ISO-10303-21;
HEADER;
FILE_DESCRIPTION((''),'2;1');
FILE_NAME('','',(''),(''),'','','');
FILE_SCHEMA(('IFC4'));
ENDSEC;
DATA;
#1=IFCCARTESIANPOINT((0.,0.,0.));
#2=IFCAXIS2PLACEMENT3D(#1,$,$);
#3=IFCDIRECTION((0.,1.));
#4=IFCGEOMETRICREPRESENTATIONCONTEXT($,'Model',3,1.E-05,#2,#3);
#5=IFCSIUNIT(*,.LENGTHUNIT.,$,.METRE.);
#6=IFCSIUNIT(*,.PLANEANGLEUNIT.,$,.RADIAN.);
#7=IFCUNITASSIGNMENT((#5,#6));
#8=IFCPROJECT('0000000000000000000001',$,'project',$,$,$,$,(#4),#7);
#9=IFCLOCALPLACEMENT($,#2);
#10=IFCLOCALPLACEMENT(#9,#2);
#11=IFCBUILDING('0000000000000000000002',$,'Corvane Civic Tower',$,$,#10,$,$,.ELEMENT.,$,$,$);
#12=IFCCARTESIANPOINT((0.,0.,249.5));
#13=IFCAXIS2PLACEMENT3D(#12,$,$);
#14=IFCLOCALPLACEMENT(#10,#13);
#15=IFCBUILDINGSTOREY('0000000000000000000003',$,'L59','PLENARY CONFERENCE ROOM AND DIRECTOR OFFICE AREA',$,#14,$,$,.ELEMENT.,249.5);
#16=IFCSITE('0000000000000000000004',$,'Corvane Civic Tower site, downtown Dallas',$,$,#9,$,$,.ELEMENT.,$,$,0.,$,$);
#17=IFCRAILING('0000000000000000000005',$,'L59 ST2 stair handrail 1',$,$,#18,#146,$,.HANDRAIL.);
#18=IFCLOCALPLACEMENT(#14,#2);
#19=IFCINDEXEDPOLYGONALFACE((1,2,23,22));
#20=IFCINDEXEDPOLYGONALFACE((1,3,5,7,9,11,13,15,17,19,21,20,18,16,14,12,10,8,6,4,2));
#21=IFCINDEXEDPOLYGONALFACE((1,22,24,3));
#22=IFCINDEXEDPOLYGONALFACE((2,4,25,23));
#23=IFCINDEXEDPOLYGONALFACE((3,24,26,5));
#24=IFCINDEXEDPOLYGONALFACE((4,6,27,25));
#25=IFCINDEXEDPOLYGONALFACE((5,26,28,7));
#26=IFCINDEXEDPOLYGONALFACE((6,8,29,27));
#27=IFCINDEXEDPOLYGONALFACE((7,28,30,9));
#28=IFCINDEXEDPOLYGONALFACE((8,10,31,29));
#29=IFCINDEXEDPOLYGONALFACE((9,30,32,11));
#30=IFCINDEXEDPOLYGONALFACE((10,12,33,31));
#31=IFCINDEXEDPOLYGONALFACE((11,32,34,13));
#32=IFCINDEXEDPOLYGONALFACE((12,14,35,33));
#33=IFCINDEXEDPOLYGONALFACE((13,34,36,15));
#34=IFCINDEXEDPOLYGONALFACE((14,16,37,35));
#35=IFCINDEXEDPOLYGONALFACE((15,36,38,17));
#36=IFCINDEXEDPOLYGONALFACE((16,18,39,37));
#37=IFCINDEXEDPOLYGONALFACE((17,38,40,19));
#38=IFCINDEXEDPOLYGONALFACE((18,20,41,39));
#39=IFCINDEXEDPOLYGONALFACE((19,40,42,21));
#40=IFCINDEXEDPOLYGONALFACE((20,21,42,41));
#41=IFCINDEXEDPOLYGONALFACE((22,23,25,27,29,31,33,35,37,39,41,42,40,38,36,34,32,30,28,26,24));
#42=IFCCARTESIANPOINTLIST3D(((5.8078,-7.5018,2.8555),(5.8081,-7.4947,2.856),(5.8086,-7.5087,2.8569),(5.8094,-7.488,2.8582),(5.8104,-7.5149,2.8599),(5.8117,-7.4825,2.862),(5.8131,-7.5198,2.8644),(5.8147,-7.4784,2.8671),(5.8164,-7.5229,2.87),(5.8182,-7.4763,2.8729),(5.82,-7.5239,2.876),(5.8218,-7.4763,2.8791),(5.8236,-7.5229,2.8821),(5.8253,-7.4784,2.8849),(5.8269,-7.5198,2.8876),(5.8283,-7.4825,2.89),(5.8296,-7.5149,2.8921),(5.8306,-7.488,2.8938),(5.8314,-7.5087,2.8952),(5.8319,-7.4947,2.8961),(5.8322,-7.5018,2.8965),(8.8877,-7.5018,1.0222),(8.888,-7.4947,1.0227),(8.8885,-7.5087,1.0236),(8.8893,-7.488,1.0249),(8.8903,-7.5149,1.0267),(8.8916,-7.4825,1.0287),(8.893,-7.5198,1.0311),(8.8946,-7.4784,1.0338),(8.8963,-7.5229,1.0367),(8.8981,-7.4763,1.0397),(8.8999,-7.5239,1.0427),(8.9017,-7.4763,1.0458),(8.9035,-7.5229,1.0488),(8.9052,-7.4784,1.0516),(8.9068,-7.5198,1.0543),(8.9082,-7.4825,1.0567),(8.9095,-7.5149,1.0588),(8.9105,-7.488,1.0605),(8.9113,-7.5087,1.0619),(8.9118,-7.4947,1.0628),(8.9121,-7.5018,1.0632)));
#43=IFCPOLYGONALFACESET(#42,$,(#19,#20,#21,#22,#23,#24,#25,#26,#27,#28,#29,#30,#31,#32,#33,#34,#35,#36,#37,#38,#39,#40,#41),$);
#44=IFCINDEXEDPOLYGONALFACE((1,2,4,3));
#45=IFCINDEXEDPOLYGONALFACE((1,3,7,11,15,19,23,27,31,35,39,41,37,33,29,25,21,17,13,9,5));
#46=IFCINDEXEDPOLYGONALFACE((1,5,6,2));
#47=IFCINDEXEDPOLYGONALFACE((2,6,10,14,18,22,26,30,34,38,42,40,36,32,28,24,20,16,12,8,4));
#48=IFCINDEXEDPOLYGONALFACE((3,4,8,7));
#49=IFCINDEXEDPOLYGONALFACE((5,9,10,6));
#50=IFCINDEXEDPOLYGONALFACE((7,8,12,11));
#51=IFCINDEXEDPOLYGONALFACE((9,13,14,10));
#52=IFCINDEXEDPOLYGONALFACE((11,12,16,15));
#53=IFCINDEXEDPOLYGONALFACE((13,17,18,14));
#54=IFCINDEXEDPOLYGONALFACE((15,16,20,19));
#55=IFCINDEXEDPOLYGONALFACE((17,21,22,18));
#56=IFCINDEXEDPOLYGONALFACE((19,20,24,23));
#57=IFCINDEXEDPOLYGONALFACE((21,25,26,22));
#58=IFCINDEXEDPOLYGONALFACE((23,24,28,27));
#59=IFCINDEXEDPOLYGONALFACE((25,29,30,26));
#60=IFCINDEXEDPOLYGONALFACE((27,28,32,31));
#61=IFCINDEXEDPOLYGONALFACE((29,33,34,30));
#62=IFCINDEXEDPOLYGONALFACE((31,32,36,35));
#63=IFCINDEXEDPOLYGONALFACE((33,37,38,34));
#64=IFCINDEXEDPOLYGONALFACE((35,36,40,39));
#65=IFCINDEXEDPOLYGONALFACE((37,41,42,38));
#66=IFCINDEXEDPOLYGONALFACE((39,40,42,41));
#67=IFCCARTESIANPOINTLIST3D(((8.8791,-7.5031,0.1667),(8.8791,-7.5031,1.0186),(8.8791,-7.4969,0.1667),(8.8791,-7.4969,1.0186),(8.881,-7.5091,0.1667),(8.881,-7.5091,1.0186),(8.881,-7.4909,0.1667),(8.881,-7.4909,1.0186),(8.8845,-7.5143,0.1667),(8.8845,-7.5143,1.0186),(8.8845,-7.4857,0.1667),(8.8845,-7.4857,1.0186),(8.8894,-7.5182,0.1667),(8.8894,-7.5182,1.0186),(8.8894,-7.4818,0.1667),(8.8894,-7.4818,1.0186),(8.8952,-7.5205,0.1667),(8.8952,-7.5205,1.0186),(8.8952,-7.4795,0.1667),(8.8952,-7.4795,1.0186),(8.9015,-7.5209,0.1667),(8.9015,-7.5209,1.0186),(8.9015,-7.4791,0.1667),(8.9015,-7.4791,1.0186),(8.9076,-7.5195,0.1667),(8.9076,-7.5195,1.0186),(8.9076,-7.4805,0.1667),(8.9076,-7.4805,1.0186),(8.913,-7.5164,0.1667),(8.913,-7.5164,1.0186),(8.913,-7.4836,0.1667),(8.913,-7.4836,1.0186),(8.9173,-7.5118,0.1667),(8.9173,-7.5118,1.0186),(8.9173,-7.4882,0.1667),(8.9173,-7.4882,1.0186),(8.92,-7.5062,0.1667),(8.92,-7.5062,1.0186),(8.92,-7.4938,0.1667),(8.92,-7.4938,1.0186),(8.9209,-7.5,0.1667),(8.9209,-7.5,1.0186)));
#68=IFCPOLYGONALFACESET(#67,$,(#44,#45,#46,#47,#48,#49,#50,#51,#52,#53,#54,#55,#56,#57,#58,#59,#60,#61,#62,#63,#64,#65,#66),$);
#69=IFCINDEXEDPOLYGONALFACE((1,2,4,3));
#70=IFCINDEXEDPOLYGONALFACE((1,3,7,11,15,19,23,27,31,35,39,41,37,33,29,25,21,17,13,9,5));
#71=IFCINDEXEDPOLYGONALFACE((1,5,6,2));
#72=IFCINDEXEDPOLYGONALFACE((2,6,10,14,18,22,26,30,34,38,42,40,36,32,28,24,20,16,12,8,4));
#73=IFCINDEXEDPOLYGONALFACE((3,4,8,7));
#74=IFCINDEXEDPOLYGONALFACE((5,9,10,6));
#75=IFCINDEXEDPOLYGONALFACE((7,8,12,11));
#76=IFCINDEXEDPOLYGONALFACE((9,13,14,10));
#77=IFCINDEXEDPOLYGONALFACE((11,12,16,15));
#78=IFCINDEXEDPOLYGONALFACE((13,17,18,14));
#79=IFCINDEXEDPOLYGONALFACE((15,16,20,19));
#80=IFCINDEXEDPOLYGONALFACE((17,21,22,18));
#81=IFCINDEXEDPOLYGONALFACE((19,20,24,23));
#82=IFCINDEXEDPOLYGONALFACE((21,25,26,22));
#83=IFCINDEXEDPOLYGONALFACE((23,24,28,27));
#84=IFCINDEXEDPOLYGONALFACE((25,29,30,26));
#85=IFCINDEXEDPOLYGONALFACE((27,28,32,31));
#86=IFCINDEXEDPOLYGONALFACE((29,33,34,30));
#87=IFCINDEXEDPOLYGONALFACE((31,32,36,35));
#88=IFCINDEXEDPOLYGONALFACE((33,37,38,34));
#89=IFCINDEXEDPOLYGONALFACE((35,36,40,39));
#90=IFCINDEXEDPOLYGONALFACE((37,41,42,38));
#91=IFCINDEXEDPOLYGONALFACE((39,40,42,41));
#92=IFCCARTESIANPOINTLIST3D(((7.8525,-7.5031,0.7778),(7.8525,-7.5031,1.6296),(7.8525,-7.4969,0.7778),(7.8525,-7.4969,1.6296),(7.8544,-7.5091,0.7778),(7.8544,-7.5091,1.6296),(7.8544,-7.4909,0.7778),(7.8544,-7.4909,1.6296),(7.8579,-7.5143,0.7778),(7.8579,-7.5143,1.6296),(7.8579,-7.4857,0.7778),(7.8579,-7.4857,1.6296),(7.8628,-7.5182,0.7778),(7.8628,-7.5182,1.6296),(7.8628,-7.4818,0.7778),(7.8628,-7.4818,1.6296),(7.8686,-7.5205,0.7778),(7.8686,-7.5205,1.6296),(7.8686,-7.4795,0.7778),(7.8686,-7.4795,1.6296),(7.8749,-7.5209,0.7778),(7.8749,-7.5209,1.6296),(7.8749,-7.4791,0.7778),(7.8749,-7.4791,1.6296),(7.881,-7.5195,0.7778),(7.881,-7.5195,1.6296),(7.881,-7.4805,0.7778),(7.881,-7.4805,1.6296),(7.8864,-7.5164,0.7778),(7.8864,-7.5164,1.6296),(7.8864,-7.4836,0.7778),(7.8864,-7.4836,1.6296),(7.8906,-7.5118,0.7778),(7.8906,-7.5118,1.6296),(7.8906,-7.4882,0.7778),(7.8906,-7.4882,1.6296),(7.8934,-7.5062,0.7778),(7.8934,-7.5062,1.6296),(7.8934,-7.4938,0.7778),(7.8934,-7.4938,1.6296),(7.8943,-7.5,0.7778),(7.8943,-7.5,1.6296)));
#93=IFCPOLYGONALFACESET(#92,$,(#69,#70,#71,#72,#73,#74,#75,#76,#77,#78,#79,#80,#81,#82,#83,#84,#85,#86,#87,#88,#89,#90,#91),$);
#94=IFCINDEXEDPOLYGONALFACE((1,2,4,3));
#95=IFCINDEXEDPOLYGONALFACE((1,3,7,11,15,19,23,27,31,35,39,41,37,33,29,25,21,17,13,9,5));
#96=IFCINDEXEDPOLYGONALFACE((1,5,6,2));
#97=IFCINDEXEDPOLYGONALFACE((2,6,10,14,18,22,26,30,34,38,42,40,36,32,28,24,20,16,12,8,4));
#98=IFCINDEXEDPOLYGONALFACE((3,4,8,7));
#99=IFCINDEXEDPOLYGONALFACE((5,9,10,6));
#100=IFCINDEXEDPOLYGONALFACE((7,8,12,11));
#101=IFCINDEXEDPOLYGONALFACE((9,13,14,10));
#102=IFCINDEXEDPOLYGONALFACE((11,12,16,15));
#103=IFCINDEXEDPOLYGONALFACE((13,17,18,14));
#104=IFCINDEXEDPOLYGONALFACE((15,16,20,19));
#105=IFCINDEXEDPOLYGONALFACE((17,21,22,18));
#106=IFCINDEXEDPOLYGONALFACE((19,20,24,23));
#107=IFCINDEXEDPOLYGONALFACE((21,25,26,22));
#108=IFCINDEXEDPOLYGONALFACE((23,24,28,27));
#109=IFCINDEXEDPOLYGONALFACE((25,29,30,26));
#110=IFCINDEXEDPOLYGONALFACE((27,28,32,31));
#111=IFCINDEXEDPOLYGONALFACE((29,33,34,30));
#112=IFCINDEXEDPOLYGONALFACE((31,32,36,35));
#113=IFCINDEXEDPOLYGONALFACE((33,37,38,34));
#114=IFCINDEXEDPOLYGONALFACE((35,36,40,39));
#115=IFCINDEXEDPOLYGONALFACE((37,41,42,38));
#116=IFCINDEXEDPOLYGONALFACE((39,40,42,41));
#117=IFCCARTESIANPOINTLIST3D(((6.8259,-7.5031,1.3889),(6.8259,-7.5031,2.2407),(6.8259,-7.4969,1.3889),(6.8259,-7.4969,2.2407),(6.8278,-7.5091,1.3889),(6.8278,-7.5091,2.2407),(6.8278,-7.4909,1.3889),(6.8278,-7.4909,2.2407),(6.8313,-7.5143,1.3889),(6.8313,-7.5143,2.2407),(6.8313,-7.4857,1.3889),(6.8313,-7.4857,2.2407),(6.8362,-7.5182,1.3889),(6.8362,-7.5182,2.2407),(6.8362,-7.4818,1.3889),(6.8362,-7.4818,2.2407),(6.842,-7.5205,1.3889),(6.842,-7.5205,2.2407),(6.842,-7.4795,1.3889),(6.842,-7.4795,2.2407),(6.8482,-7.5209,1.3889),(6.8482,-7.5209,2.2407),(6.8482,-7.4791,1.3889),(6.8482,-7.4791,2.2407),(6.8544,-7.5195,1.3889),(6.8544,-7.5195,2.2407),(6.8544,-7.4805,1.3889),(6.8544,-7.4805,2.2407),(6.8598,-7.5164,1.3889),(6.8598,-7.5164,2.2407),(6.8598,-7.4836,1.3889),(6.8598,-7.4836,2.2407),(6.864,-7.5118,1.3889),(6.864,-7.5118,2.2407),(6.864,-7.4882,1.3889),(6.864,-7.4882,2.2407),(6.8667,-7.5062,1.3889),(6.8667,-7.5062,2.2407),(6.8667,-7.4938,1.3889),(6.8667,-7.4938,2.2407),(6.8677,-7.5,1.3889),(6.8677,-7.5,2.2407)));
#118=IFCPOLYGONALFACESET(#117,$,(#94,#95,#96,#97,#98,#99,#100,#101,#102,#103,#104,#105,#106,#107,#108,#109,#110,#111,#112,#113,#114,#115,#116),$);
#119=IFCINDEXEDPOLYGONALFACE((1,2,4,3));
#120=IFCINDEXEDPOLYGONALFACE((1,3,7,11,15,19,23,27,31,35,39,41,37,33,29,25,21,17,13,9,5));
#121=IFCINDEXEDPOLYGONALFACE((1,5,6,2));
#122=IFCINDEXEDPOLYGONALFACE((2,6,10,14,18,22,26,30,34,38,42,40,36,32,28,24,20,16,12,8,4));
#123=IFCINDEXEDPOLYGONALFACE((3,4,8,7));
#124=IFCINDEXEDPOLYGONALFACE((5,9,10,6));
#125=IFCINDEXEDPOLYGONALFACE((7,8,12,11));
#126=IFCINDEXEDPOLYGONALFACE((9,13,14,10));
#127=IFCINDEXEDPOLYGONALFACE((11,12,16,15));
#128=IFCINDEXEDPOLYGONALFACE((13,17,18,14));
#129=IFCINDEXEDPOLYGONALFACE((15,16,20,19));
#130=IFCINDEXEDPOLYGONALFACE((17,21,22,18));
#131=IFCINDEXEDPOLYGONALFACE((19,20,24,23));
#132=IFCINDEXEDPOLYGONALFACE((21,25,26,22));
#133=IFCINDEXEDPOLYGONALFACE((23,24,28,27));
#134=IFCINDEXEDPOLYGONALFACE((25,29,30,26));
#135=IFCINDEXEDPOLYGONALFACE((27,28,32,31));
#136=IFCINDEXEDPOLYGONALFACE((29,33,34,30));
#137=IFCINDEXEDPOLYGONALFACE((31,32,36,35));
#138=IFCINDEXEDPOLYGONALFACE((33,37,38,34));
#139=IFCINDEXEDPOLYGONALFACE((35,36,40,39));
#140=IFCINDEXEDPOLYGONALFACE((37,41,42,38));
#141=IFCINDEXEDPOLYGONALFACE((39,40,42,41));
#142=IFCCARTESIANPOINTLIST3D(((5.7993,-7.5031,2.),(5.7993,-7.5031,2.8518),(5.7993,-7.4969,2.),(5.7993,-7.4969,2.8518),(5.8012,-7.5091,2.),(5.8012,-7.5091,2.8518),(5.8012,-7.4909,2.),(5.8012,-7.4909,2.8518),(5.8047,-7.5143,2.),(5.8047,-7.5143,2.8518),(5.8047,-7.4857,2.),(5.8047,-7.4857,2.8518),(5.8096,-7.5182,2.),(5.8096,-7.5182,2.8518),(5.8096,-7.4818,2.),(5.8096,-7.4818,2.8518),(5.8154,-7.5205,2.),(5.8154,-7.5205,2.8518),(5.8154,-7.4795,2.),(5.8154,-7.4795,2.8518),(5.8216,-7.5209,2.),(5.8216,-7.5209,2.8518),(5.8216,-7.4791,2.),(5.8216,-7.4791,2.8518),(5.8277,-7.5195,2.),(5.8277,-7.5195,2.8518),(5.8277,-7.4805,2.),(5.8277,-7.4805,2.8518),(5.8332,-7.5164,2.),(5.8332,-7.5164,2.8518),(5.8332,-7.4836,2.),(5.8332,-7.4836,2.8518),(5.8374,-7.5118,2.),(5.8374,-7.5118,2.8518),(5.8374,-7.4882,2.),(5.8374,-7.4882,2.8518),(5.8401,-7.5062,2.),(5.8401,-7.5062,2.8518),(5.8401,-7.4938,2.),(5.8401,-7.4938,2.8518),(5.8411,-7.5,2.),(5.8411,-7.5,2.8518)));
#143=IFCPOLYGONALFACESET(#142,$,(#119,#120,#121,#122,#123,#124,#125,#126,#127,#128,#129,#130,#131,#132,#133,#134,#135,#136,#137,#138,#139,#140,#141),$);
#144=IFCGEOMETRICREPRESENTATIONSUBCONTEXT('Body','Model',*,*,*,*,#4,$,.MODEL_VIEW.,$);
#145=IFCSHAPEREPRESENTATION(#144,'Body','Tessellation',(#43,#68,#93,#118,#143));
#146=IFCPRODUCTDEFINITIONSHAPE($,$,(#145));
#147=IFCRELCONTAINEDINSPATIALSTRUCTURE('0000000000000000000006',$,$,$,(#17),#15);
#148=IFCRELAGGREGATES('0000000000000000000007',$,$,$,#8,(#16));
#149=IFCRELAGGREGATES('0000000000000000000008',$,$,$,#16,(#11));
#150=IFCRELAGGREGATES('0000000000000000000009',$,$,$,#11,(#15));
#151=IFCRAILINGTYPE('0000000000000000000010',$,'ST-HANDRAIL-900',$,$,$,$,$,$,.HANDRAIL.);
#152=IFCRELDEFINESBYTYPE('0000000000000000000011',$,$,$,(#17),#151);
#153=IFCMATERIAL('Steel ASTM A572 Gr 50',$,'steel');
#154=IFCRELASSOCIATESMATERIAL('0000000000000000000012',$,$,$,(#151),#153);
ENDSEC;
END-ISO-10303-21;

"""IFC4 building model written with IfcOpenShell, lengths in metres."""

from ifc_helpers import new_model, si_unit, direction, frame, origin, origin_2d, place, context, subcontext, project, spatial, circle, extrude, material, type_object, element, save


model = new_model("IFC4")

# Units and contexts
model_context = context("Model", 3, precision=1e-05, world=origin(), true_north=direction((0.0, 1.0)))
body_context = subcontext(model_context, "Body", "Model", "MODEL_VIEW")
ifc_project = project(units=[si_unit("LENGTHUNIT", "METRE"), si_unit("PLANEANGLEUNIT", "RADIAN")], contexts=[model_context])

# Site, building, storey
site_placement = place(None, origin())
site = spatial("IfcSite", under=ifc_project, at=site_placement, Name="Corvane Civic Tower site, downtown Dallas", CompositionType="ELEMENT", RefElevation=0.0)
building_placement = place(site_placement, origin())
building = spatial("IfcBuilding", under=site, at=building_placement, Name="Corvane Civic Tower", CompositionType="ELEMENT")
storey_placement = place(building_placement, frame((0.0, 0.0, 249.5)))
storey = spatial("IfcBuildingStorey", under=building, at=storey_placement, Name="L59", Description="PLENARY CONFERENCE ROOM AND DIRECTOR OFFICE AREA", CompositionType="ELEMENT", Elevation=249.5)

# Railing
ifc_material_1 = material(Name="Steel ASTM A572 Gr 50", Category="steel")
railing_type_1 = type_object("IfcRailingType", Name="ST-HANDRAIL-900", PredefinedType="HANDRAIL", material=ifc_material_1)
railing_1_placement = place(storey_placement, frame((8.8999, -7.5, 0.1667)))
element("IfcRailing", 1, at=railing_1_placement, inside=storey, type_object=railing_type_1, Name="L59 ST2 stair handrail 1", PredefinedType="HANDRAIL", context=body_context, shape_type="SweptSolid", body=[
    extrude(circle(Radius=0.0239, at=origin_2d()), frame((0.0, 0.0, 0.876), z_axis=(-0.859291, 0.0, 0.511487), x_axis=(0.0, -1.0, 0.0)), (0.0, 0.0, 1.0), 3.5842),
    extrude(circle(Radius=0.021, at=origin_2d()), origin(), (0.0, 0.0, 1.0), 0.8518),
    extrude(circle(Radius=0.021, at=origin_2d()), frame((-1.0266, 0.0, 0.6111)), (0.0, 0.0, 1.0), 0.8518),
    extrude(circle(Radius=0.021, at=origin_2d()), frame((-2.0532, 0.0, 1.2222)), (0.0, 0.0, 1.0), 0.8518),
    extrude(circle(Radius=0.021, at=origin_2d()), frame((-3.0798, 0.0, 1.8333)), (0.0, 0.0, 1.0), 0.8518),
])

save(model, "model.ifc")
